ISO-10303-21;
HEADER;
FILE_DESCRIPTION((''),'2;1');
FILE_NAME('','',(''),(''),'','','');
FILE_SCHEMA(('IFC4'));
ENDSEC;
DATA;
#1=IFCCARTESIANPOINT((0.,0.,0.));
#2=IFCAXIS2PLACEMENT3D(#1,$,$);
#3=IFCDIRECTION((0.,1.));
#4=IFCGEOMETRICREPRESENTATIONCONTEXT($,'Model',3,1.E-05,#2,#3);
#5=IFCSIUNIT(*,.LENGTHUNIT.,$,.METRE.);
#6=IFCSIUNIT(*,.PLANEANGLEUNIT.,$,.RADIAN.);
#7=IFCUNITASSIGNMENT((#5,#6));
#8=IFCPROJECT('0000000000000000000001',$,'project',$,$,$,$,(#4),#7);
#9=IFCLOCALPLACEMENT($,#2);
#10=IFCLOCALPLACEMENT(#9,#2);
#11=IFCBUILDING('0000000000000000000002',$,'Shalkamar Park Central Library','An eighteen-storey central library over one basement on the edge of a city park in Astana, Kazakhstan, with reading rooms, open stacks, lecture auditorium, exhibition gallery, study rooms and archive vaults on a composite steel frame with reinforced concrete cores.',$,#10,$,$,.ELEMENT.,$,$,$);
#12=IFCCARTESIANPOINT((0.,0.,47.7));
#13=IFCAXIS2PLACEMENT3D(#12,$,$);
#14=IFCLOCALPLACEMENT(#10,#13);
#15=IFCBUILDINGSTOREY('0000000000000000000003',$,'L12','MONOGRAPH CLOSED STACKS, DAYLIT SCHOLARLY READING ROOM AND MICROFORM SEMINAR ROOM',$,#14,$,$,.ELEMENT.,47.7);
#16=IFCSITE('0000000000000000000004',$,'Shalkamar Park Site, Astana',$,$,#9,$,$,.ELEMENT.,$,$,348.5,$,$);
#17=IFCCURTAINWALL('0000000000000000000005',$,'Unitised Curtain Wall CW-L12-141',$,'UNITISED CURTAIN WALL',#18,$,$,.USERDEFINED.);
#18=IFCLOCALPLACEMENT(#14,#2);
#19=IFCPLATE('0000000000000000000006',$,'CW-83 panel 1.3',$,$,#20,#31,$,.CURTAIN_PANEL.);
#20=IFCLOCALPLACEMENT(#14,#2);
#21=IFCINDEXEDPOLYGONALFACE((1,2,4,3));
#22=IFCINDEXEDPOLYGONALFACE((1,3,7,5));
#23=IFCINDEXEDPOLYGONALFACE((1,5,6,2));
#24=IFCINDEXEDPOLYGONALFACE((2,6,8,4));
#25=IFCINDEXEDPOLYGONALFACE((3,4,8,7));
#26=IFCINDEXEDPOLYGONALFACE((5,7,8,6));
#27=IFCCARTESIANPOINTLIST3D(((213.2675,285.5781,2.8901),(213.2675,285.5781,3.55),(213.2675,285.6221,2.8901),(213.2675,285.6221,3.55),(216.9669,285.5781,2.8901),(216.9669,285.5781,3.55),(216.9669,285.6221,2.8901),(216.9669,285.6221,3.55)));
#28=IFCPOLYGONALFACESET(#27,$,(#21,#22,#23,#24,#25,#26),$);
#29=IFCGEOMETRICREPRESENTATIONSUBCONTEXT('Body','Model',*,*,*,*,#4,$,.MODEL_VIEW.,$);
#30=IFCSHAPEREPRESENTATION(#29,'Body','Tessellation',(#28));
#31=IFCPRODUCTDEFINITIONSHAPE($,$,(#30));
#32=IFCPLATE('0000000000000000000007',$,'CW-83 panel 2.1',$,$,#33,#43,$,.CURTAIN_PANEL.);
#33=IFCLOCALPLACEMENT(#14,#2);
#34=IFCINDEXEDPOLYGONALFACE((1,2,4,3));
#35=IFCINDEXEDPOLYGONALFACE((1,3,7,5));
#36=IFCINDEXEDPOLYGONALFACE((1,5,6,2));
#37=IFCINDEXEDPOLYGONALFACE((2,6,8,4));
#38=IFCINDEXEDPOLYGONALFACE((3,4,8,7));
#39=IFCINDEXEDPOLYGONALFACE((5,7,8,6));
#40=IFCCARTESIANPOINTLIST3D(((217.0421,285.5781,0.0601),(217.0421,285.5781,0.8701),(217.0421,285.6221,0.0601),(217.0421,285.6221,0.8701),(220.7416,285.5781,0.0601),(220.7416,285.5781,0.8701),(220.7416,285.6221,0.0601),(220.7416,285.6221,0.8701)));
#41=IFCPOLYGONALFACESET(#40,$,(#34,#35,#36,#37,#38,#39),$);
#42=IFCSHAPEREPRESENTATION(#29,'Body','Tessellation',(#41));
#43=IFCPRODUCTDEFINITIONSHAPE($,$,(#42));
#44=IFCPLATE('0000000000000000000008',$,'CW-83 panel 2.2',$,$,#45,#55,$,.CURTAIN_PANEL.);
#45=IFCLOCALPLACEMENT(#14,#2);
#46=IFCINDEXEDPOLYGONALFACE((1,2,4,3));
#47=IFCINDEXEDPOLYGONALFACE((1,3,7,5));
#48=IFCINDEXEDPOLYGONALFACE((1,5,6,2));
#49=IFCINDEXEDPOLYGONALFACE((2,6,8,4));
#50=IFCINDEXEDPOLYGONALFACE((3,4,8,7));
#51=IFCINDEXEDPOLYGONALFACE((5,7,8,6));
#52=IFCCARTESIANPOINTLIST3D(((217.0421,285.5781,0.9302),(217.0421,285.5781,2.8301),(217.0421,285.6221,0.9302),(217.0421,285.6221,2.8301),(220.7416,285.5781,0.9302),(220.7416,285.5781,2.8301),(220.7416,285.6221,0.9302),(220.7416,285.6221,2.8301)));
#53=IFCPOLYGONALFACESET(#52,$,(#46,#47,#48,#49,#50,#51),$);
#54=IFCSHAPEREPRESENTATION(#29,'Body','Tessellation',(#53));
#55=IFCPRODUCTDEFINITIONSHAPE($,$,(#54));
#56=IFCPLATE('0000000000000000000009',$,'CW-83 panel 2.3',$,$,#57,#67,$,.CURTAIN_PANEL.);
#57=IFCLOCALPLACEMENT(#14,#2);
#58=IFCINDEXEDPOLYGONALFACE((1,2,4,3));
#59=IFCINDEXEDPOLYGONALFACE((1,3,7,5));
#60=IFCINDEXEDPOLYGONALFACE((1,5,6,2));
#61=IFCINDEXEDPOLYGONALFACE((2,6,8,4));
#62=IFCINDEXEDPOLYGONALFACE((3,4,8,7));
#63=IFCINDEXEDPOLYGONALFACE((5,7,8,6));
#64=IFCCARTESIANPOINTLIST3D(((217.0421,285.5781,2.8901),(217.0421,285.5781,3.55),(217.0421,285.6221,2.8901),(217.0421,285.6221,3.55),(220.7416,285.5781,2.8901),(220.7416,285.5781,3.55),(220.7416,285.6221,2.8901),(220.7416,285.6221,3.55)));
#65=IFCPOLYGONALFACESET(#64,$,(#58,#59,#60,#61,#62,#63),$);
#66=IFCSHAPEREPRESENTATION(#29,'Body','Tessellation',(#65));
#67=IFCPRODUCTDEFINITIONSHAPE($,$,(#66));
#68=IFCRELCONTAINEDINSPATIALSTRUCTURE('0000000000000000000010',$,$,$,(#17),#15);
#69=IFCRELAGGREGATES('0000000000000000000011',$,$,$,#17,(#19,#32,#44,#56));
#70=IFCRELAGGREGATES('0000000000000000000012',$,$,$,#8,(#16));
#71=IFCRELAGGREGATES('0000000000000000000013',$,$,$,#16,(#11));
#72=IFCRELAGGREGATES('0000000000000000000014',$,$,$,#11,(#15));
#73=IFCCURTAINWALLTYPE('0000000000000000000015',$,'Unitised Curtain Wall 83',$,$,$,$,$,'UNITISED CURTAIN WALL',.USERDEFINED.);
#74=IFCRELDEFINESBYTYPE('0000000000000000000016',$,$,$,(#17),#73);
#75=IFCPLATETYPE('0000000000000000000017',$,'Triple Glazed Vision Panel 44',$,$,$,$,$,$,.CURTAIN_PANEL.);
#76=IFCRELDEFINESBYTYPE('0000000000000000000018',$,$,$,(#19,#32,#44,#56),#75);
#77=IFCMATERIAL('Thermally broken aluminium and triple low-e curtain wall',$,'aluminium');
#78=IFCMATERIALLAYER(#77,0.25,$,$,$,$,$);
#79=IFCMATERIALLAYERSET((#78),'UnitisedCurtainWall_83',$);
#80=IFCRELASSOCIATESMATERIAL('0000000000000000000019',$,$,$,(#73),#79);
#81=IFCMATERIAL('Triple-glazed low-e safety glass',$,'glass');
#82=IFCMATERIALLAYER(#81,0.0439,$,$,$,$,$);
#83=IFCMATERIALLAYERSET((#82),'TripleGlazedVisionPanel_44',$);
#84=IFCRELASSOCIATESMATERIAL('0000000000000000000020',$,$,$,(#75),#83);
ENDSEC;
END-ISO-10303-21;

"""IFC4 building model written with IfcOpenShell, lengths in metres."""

from ifc_helpers import new_model, si_unit, direction, frame, origin, origin_2d, place, context, subcontext, project, spatial, rectangle, extrude, material, layer, layer_set, type_object, element, aggregate, save


model = new_model("IFC4")

# Units and contexts
model_context = context("Model", 3, precision=1e-05, world=origin(), true_north=direction((0.0, 1.0)))
body_context = subcontext(model_context, "Body", "Model", "MODEL_VIEW")
ifc_project = project(units=[si_unit("LENGTHUNIT", "METRE"), si_unit("PLANEANGLEUNIT", "RADIAN")], contexts=[model_context])

# Site, building, storey
site_placement = place(None, origin())
site = spatial("IfcSite", under=ifc_project, at=site_placement, Name="Shalkamar Park Site, Astana", CompositionType="ELEMENT", RefElevation=348.5)
building_placement = place(site_placement, origin())
building = spatial("IfcBuilding", under=site, at=building_placement, Name="Shalkamar Park Central Library", Description="An eighteen-storey central library over one basement on the edge of a city park in Astana, Kazakhstan, with reading rooms, open stacks, lecture auditorium, exhibition gallery, study rooms and archive vaults on a composite steel frame with reinforced concrete cores.", CompositionType="ELEMENT")
storey_placement = place(building_placement, frame((0.0, 0.0, 47.7)))
storey = spatial("IfcBuildingStorey", under=building, at=storey_placement, Name="L12", Description="MONOGRAPH CLOSED STACKS, DAYLIT SCHOLARLY READING ROOM AND MICROFORM SEMINAR ROOM", CompositionType="ELEMENT", Elevation=47.7)

# Curtain wall
ifc_material_1 = material(Name="Thermally broken aluminium and triple low-e curtain wall", Category="aluminium")
ifc_layer_1 = layer(ifc_material_1, 0.25)
ifc_layer_set_1 = layer_set([ifc_layer_1], Name="UnitisedCurtainWall_83")
curtain_wall_type_1 = type_object("IfcCurtainWallType", Name="Unitised Curtain Wall 83", ElementType="UNITISED CURTAIN WALL", PredefinedType="USERDEFINED", material=ifc_layer_set_1)
curtain_wall_1_placement = place(storey_placement, origin())
curtain_wall_1 = element("IfcCurtainWall", 1, at=curtain_wall_1_placement, inside=storey, type_object=curtain_wall_type_1, Name="Unitised Curtain Wall CW-L12-141", ObjectType="UNITISED CURTAIN WALL", PredefinedType="USERDEFINED")

# Plates
ifc_material_2 = material(Name="Triple-glazed low-e safety glass", Category="glass")
ifc_layer_2 = layer(ifc_material_2, 0.0439)
ifc_layer_set_2 = layer_set([ifc_layer_2], Name="TripleGlazedVisionPanel_44")
plate_type_1 = type_object("IfcPlateType", Name="Triple Glazed Vision Panel 44", PredefinedType="CURTAIN_PANEL", material=ifc_layer_set_2)
plate_1_placement = place(storey_placement, frame((215.1172, 285.6001, 2.8901), z_axis=(0.0, 0.0, 1.0), x_axis=(1.0, 0.0, 0.0)))
plate_1 = element("IfcPlate", 2, at=plate_1_placement, type_object=plate_type_1, Name="CW-83 panel 1.3", PredefinedType="CURTAIN_PANEL", context=body_context, shape_type="SweptSolid", body=[
    extrude(rectangle(XDim=3.6995, YDim=0.0439, at=origin_2d()), origin(), (0.0, 0.0, 1.0), 0.6599),
])
plate_2_placement = place(storey_placement, frame((218.8918, 285.6001, 0.0601), z_axis=(0.0, 0.0, 1.0), x_axis=(1.0, 0.0, 0.0)))
plate_2 = element("IfcPlate", 3, at=plate_2_placement, type_object=plate_type_1, Name="CW-83 panel 2.1", PredefinedType="CURTAIN_PANEL", context=body_context, shape_type="SweptSolid", body=[
    extrude(rectangle(XDim=3.6995, YDim=0.0439, at=origin_2d()), origin(), (0.0, 0.0, 1.0), 0.8101),
])
plate_3_placement = place(storey_placement, frame((218.8918, 285.6001, 0.9302), z_axis=(0.0, 0.0, 1.0), x_axis=(1.0, 0.0, 0.0)))
plate_3 = element("IfcPlate", 4, at=plate_3_placement, type_object=plate_type_1, Name="CW-83 panel 2.2", PredefinedType="CURTAIN_PANEL", context=body_context, shape_type="SweptSolid", body=[
    extrude(rectangle(XDim=3.6995, YDim=0.0439, at=origin_2d()), origin(), (0.0, 0.0, 1.0), 1.8999),
])
plate_4_placement = place(storey_placement, frame((218.8918, 285.6001, 2.8901), z_axis=(0.0, 0.0, 1.0), x_axis=(1.0, 0.0, 0.0)))
plate_4 = element("IfcPlate", 5, at=plate_4_placement, type_object=plate_type_1, Name="CW-83 panel 2.3", PredefinedType="CURTAIN_PANEL", context=body_context, shape_type="SweptSolid", body=[
    extrude(rectangle(XDim=3.6995, YDim=0.0439, at=origin_2d()), origin(), (0.0, 0.0, 1.0), 0.6599),
])
aggregate(curtain_wall_1, [plate_1, plate_2, plate_3, plate_4])

save(model, "model.ifc")
